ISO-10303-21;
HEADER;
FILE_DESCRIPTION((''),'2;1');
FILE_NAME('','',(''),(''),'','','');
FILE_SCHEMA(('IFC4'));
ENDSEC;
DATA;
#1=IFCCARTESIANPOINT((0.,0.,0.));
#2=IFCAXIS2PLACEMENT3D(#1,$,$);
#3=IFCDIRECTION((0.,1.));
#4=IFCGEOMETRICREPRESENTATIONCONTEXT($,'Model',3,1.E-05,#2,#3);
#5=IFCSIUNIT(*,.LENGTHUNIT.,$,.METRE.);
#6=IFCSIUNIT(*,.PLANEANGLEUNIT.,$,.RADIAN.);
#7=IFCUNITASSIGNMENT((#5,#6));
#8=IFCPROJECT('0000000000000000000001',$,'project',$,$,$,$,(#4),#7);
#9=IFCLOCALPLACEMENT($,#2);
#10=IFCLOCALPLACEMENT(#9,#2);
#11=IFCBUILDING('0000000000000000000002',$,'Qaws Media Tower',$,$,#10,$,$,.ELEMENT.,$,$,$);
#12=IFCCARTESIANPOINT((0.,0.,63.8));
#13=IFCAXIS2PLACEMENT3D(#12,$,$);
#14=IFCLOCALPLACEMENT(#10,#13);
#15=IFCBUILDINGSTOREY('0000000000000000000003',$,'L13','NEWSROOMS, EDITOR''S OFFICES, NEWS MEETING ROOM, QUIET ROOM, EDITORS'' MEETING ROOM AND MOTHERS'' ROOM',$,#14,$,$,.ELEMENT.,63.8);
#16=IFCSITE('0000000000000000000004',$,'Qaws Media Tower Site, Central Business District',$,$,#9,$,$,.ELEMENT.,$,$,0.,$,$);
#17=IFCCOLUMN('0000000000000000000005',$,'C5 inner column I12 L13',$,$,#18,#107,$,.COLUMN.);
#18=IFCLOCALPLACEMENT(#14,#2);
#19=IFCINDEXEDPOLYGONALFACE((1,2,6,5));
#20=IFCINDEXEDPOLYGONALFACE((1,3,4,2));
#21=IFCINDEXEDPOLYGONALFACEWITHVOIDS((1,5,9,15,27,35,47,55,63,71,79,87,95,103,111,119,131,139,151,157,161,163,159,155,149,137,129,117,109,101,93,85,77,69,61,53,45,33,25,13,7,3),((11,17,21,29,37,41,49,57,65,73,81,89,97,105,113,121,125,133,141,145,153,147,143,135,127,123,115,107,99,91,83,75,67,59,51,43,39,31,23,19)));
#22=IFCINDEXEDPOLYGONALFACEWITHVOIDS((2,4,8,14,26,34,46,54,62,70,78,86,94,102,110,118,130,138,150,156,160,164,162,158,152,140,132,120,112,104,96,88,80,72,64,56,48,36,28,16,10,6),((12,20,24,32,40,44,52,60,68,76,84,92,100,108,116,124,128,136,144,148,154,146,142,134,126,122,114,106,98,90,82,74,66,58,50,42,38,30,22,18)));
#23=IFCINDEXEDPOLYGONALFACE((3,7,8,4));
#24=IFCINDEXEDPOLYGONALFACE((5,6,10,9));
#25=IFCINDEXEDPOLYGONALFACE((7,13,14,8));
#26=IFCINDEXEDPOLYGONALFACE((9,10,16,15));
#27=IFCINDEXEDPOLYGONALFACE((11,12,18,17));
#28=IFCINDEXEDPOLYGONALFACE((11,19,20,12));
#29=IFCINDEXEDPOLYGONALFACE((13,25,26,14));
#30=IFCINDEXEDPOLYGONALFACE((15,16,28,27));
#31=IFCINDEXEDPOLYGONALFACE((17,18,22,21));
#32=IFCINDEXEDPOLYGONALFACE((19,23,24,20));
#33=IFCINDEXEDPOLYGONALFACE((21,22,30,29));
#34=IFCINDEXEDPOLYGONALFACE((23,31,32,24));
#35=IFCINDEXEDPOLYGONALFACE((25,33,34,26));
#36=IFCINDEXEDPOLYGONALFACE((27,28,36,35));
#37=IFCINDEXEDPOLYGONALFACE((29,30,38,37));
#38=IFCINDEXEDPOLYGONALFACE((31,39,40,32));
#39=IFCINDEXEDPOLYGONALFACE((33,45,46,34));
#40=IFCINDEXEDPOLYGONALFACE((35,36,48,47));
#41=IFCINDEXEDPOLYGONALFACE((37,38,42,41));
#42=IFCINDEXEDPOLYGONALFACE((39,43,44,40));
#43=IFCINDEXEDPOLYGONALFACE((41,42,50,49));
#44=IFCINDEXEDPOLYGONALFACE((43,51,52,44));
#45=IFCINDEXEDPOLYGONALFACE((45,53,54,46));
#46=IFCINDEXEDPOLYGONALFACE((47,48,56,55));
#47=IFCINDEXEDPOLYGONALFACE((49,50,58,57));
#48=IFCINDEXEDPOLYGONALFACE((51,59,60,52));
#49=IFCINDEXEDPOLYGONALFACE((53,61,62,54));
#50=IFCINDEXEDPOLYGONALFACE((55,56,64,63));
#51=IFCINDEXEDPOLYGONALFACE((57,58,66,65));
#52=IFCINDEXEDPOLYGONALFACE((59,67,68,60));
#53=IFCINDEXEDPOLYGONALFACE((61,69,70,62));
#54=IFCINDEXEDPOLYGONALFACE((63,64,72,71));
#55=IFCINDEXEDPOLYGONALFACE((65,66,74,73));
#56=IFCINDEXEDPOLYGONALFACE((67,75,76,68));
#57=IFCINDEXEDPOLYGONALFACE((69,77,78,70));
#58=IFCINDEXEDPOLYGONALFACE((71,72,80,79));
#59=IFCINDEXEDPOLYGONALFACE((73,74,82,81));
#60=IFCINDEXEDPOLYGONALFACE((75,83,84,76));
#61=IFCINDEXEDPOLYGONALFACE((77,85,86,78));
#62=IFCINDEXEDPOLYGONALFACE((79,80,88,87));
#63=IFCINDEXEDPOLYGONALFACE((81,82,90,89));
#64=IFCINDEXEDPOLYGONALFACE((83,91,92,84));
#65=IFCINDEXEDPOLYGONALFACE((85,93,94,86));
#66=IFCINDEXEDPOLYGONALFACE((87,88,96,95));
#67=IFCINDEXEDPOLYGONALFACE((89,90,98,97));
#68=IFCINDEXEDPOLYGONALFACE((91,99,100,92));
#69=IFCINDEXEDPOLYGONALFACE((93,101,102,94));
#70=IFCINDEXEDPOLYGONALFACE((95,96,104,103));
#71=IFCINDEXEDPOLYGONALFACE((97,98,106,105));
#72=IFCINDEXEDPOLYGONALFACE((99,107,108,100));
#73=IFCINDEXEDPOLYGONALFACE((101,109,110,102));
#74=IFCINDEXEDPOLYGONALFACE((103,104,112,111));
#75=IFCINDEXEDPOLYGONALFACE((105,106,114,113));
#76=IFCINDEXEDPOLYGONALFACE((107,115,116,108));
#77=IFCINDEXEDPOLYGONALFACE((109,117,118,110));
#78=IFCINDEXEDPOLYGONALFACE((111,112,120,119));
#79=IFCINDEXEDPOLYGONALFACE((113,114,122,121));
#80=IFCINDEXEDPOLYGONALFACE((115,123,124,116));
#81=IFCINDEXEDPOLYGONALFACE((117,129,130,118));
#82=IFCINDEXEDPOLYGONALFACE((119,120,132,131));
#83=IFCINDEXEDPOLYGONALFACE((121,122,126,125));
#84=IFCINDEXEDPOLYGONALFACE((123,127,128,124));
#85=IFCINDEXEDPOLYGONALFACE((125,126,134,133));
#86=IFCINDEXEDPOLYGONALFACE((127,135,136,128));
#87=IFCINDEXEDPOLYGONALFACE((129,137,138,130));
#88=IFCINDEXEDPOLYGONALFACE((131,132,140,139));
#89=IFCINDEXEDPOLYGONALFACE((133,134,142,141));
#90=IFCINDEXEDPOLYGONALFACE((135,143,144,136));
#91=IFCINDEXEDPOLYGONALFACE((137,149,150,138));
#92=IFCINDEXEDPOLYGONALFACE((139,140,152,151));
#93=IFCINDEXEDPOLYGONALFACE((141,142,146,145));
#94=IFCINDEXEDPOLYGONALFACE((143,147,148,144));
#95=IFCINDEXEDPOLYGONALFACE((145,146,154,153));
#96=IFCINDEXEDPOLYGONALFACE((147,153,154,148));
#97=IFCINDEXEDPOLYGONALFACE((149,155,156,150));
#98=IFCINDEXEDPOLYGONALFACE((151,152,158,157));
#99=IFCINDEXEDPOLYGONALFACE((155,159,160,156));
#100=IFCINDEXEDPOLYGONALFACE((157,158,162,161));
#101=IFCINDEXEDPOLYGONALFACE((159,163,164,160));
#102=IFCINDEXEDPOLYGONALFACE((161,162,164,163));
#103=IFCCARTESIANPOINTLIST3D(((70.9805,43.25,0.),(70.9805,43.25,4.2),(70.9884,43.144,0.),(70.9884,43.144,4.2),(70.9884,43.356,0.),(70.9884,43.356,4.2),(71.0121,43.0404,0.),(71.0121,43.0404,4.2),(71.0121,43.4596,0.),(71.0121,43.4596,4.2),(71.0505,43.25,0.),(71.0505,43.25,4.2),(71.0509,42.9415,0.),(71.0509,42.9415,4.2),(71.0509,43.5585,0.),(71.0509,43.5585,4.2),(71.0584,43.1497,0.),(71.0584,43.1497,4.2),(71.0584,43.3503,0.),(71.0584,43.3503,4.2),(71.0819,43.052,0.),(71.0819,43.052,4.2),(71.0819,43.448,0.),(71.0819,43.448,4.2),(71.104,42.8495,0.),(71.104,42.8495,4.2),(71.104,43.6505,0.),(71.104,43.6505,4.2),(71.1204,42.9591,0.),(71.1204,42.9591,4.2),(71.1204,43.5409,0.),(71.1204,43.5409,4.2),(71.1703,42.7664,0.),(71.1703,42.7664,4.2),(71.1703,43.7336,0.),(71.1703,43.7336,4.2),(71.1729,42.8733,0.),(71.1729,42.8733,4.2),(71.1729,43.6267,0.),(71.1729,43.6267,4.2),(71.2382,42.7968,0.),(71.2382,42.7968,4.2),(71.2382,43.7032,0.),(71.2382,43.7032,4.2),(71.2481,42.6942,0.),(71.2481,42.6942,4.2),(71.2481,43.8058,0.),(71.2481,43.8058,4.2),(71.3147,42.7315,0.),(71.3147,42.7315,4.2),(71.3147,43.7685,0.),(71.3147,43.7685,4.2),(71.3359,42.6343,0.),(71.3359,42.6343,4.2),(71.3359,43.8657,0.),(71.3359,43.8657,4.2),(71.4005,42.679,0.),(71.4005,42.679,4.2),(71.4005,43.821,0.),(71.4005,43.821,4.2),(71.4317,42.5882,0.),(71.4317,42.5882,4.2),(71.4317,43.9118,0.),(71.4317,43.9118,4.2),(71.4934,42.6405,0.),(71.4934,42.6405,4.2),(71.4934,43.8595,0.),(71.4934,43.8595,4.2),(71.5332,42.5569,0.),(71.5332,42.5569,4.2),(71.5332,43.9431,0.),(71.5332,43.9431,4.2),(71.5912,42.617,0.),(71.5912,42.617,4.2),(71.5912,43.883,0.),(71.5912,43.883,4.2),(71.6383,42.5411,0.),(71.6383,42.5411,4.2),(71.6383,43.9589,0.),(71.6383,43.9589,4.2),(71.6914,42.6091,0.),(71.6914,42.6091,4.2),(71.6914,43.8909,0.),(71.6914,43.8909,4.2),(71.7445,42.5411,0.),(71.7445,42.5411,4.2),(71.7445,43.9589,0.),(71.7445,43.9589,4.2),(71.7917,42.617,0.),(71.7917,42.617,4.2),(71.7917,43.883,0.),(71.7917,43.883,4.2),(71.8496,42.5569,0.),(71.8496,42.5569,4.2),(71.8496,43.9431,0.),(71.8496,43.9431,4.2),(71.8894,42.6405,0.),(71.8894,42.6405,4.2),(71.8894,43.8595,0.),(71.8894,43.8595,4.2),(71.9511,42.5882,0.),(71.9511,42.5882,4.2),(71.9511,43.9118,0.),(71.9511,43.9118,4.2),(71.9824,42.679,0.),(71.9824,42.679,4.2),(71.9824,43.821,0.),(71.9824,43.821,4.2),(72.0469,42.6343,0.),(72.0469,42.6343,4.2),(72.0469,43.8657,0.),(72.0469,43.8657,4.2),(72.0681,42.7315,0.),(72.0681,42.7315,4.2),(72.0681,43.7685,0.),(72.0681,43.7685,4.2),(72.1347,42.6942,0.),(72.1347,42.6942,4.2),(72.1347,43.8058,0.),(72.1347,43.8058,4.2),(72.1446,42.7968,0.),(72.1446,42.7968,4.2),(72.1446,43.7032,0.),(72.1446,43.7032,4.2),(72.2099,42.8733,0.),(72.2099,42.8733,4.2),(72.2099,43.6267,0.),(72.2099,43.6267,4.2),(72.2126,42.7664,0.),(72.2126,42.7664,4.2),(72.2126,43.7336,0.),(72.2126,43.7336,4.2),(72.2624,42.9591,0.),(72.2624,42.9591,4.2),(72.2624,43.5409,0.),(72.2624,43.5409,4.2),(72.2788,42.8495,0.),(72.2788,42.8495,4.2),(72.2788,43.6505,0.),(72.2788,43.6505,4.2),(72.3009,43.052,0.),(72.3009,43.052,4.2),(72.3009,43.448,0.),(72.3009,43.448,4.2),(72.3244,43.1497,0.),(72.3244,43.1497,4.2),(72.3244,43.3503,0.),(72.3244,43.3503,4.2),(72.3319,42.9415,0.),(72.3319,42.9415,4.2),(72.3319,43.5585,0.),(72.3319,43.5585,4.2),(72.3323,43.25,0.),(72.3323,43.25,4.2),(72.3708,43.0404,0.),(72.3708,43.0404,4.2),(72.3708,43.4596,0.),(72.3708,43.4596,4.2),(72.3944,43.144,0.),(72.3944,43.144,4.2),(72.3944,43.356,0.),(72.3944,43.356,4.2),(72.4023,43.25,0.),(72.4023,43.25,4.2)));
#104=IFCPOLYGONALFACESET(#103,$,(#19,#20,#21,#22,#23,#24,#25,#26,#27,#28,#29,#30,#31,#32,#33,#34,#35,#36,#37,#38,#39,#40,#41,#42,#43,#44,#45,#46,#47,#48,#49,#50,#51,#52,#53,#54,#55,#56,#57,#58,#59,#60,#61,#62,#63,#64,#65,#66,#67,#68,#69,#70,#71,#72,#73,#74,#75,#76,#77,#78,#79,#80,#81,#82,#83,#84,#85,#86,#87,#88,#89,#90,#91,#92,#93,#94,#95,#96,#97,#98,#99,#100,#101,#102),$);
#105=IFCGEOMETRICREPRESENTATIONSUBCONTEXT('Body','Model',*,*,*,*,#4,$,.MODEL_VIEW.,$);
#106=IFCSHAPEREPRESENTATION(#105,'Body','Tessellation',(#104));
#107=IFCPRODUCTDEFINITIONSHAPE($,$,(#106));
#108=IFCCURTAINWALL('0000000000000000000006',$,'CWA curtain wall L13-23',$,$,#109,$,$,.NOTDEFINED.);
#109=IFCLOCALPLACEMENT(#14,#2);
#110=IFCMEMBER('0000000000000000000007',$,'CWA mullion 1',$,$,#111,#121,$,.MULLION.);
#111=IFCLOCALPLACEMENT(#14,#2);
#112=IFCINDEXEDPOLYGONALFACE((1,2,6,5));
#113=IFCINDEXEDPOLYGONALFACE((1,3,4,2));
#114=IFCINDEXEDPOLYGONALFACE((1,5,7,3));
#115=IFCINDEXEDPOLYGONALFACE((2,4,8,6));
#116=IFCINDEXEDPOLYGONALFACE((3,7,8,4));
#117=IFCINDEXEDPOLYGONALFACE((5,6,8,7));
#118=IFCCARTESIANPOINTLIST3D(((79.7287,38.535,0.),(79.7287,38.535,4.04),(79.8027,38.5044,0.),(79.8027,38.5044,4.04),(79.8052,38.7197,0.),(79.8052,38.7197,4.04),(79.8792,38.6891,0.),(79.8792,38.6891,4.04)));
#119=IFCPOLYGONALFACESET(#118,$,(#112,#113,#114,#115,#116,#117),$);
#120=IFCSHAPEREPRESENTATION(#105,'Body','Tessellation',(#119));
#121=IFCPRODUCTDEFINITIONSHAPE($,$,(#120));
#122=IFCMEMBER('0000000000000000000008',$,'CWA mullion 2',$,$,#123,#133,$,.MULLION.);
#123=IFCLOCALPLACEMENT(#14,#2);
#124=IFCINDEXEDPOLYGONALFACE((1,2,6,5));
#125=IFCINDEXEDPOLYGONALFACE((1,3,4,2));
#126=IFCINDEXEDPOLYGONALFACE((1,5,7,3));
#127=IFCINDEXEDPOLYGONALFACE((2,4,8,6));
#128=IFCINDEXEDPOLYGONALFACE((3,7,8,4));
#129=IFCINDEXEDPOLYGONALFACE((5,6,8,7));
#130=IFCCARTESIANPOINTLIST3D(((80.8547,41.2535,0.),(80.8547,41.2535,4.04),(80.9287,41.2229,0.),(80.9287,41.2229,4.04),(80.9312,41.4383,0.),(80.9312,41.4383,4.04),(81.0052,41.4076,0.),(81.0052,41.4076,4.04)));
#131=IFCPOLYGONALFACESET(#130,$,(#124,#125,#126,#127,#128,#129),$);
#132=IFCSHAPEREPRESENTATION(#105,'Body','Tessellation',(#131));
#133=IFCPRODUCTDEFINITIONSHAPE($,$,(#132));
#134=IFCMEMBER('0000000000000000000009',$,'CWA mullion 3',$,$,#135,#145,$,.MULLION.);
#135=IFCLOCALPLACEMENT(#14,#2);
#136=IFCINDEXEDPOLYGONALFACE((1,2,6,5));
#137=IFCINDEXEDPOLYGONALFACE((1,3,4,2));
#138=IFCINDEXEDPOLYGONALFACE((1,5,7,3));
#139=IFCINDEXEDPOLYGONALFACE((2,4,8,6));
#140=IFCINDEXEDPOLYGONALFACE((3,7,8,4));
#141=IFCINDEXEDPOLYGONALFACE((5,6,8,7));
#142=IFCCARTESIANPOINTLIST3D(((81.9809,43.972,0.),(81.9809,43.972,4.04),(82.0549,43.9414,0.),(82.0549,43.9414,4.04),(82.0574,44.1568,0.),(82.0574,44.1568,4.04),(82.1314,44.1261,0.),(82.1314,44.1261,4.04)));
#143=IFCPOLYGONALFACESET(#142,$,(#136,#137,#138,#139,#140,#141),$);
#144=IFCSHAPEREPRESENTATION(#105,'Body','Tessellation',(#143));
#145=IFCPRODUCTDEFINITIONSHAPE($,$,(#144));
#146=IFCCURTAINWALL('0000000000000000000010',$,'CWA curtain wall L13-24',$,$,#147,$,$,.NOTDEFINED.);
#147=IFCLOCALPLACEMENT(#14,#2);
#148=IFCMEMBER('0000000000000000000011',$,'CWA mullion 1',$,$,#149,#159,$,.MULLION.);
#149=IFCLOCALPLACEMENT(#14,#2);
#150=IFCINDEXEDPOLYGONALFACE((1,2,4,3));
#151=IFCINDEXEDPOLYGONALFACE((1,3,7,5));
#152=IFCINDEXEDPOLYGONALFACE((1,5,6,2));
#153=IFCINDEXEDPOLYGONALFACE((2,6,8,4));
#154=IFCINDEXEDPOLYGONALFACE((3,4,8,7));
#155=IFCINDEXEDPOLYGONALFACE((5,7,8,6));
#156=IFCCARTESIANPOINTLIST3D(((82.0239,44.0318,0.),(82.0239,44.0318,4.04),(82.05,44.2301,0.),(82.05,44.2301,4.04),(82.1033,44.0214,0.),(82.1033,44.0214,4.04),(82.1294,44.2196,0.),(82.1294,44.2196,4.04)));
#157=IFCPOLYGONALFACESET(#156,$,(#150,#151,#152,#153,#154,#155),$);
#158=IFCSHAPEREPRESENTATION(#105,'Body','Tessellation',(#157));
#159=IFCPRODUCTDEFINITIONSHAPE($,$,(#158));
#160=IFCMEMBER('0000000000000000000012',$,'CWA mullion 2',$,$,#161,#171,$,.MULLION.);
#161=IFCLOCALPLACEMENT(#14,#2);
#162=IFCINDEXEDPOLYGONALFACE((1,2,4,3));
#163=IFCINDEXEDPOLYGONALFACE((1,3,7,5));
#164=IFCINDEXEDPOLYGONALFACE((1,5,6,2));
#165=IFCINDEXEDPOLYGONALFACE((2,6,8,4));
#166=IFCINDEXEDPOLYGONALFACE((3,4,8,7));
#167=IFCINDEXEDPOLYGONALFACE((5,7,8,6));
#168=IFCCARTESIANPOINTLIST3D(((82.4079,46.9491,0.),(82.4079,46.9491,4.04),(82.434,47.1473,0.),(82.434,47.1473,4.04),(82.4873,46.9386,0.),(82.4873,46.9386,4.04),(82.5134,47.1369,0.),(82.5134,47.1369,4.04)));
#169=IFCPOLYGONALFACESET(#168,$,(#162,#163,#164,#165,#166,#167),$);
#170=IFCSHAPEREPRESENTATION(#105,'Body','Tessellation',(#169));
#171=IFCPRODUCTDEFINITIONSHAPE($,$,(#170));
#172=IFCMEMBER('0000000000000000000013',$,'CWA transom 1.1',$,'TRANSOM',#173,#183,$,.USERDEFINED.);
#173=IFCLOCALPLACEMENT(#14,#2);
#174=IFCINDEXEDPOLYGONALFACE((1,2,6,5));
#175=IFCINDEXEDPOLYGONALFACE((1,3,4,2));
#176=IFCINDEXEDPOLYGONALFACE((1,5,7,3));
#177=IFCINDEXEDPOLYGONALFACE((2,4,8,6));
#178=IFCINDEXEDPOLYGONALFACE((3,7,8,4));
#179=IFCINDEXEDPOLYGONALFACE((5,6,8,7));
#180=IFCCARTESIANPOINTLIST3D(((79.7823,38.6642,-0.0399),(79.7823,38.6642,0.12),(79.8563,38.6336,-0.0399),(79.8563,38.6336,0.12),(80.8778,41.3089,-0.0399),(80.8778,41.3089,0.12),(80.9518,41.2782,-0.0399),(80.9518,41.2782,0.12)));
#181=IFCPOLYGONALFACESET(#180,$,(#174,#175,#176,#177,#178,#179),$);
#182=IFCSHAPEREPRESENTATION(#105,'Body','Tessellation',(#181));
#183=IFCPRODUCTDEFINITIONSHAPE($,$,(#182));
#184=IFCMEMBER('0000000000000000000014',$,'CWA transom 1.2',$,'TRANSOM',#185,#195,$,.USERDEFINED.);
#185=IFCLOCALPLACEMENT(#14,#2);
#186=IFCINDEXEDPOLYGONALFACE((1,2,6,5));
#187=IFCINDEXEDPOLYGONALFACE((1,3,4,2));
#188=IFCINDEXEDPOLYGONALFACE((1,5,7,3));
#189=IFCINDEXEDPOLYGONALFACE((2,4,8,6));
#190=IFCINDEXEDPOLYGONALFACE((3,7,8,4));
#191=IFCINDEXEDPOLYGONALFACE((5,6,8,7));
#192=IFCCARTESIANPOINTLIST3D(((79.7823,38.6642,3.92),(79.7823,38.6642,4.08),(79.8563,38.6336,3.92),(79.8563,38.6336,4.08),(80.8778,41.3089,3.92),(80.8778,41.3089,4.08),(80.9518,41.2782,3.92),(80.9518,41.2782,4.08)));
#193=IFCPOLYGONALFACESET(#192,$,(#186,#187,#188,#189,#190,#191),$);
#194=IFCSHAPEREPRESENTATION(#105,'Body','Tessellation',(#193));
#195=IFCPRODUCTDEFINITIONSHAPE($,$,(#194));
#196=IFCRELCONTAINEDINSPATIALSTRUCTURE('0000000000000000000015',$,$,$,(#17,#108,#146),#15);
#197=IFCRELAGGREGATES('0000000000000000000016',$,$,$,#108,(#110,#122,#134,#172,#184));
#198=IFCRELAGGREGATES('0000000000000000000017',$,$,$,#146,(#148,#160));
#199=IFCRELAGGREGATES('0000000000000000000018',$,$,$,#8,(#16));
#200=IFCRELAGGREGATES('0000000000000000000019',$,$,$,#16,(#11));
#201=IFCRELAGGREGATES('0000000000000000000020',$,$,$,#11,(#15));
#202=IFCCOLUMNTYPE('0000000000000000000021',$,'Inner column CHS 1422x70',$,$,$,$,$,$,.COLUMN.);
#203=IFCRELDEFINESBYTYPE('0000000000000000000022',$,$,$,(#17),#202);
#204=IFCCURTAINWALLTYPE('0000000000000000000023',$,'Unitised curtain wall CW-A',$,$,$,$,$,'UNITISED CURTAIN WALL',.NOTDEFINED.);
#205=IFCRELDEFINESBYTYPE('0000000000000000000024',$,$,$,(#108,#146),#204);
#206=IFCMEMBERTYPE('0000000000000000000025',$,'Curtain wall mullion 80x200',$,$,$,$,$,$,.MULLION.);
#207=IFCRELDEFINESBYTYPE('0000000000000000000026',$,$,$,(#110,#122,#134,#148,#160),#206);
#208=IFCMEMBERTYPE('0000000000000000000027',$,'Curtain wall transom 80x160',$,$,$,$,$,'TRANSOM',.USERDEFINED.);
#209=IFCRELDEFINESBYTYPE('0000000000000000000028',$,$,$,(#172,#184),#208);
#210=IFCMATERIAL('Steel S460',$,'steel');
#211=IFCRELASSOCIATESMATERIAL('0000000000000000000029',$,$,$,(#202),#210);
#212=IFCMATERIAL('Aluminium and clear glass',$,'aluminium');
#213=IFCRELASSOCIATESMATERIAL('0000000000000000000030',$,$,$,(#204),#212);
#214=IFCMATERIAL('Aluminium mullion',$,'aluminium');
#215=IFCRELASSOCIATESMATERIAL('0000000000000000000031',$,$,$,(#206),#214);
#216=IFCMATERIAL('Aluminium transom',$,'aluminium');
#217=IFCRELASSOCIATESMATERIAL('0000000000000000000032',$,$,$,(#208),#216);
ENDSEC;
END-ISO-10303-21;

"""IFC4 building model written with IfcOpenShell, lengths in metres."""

from ifc_helpers import new_model, si_unit, direction, frame, origin, origin_2d, place, context, subcontext, project, spatial, rectangle, hollow_circle, extrude, material, material_profile, profile_set, type_object, element, aggregate, save


model = new_model("IFC4")

# Units and contexts
model_context = context("Model", 3, precision=1e-05, world=origin(), true_north=direction((0.0, 1.0)))
body_context = subcontext(model_context, "Body", "Model", "MODEL_VIEW")
ifc_project = project(units=[si_unit("LENGTHUNIT", "METRE"), si_unit("PLANEANGLEUNIT", "RADIAN")], contexts=[model_context])

# Site, building, storey
site_placement = place(None, origin())
site = spatial("IfcSite", under=ifc_project, at=site_placement, Name="Qaws Media Tower Site, Central Business District", CompositionType="ELEMENT", RefElevation=0.0)
building_placement = place(site_placement, origin())
building = spatial("IfcBuilding", under=site, at=building_placement, Name="Qaws Media Tower", CompositionType="ELEMENT")
storey_placement = place(building_placement, frame((0.0, 0.0, 63.8)))
storey = spatial("IfcBuildingStorey", under=building, at=storey_placement, Name="L13", Description="NEWSROOMS, EDITOR'S OFFICES, NEWS MEETING ROOM, QUIET ROOM, EDITORS' MEETING ROOM AND MOTHERS' ROOM", CompositionType="ELEMENT", Elevation=63.8)

# Column
ifc_material_1 = material(Name="Steel S460", Category="steel")
ifc_material_profile_1 = material_profile(ifc_material_1, hollow_circle(Radius=0.7109, WallThickness=0.0701, at=origin_2d()), Name="CHS 1422x70")
ifc_profile_set_1 = profile_set([ifc_material_profile_1], Name="Steel S460")
column_type = type_object("IfcColumnType", Name="Inner column CHS 1422x70", PredefinedType="COLUMN", material=ifc_profile_set_1)
column_placement = place(storey_placement, frame((71.6914, 43.25, 0.0), z_axis=(0.0, 0.0, 1.0), x_axis=(1.0, 0.0, 0.0)))
element("IfcColumn", 1, at=column_placement, inside=storey, type_object=column_type, Name="C5 inner column I12 L13", PredefinedType="COLUMN", context=body_context, shape_type="SweptSolid", body=[
    extrude(hollow_circle(Radius=0.7109, WallThickness=0.0701, at=origin_2d()), origin(), (0.0, 0.0, 1.0), 4.2),
])

# Curtain walls, members
ifc_material_2 = material(Name="Aluminium and clear glass", Category="aluminium")
curtain_wall_type = type_object("IfcCurtainWallType", Name="Unitised curtain wall CW-A", ElementType="UNITISED CURTAIN WALL", PredefinedType="NOTDEFINED", material=ifc_material_2)
curtain_wall_1_placement = place(storey_placement, origin())
curtain_wall_1 = element("IfcCurtainWall", 2, at=curtain_wall_1_placement, inside=storey, type_object=curtain_wall_type, Name="CWA curtain wall L13-23", PredefinedType="NOTDEFINED")
ifc_material_3 = material(Name="Aluminium mullion", Category="aluminium")
ifc_material_profile_2 = material_profile(ifc_material_3, rectangle(XDim=0.0801, YDim=0.2, at=origin_2d()), Name="80x200")
ifc_profile_set_2 = profile_set([ifc_material_profile_2], Name="Aluminium mullion")
member_type_1 = type_object("IfcMemberType", Name="Curtain wall mullion 80x200", PredefinedType="MULLION", material=ifc_profile_set_2)
member_1_placement = place(storey_placement, frame((79.804, 38.6121, 0.0), z_axis=(0.0, 0.0, 1.0), x_axis=(-0.92388, 0.382683, 0.0)))
member_1 = element("IfcMember", 3, at=member_1_placement, type_object=member_type_1, Name="CWA mullion 1", PredefinedType="MULLION", context=body_context, shape_type="SweptSolid", body=[
    extrude(rectangle(XDim=0.0801, YDim=0.2, at=origin_2d()), origin(), (0.0, 0.0, 1.0), 4.04),
])
member_2_placement = place(storey_placement, frame((80.9299, 41.3306, 0.0), z_axis=(0.0, 0.0, 1.0), x_axis=(-0.92388, 0.382683, 0.0)))
member_2 = element("IfcMember", 4, at=member_2_placement, type_object=member_type_1, Name="CWA mullion 2", PredefinedType="MULLION", context=body_context, shape_type="SweptSolid", body=[
    extrude(rectangle(XDim=0.0801, YDim=0.2, at=origin_2d()), origin(), (0.0, 0.0, 1.0), 4.04),
])
member_3_placement = place(storey_placement, frame((82.0562, 44.0491, 0.0), z_axis=(0.0, 0.0, 1.0), x_axis=(-0.92388, 0.382683, 0.0)))
member_3 = element("IfcMember", 5, at=member_3_placement, type_object=member_type_1, Name="CWA mullion 3", PredefinedType="MULLION", context=body_context, shape_type="SweptSolid", body=[
    extrude(rectangle(XDim=0.0801, YDim=0.2, at=origin_2d()), origin(), (0.0, 0.0, 1.0), 4.04),
])
curtain_wall_2_placement = place(storey_placement, origin())
curtain_wall_2 = element("IfcCurtainWall", 6, at=curtain_wall_2_placement, inside=storey, type_object=curtain_wall_type, Name="CWA curtain wall L13-24", PredefinedType="NOTDEFINED")
member_4_placement = place(storey_placement, frame((82.0767, 44.1257, 0.0), z_axis=(0.0, 0.0, 1.0), x_axis=(-0.991445, 0.130526, 0.0)))
member_4 = element("IfcMember", 7, at=member_4_placement, type_object=member_type_1, Name="CWA mullion 1", PredefinedType="MULLION", context=body_context, shape_type="SweptSolid", body=[
    extrude(rectangle(XDim=0.0801, YDim=0.2, at=origin_2d()), origin(), (0.0, 0.0, 1.0), 4.04),
])
member_5_placement = place(storey_placement, frame((82.4607, 47.043, 0.0), z_axis=(0.0, 0.0, 1.0), x_axis=(-0.991445, 0.130526, 0.0)))
member_5 = element("IfcMember", 8, at=member_5_placement, type_object=member_type_1, Name="CWA mullion 2", PredefinedType="MULLION", context=body_context, shape_type="SweptSolid", body=[
    extrude(rectangle(XDim=0.0801, YDim=0.2, at=origin_2d()), origin(), (0.0, 0.0, 1.0), 4.04),
])

# Members
ifc_material_4 = material(Name="Aluminium transom", Category="aluminium")
ifc_material_profile_3 = material_profile(ifc_material_4, rectangle(XDim=0.0801, YDim=0.1599, at=origin_2d()), Name="80x160")
ifc_profile_set_3 = profile_set([ifc_material_profile_3], Name="Aluminium transom")
member_type_2 = type_object("IfcMemberType", Name="Curtain wall transom 80x160", ElementType="TRANSOM", PredefinedType="USERDEFINED", material=ifc_profile_set_3)
member_6_placement = place(storey_placement, frame((79.8193, 38.6489, 0.04), z_axis=(0.382701, 0.923872, 0.0), x_axis=(-0.923872, 0.382701, 0.0)))
member_6 = element("IfcMember", 9, at=member_6_placement, type_object=member_type_2, Name="CWA transom 1.1", ObjectType="TRANSOM", PredefinedType="USERDEFINED", context=body_context, shape_type="SweptSolid", body=[
    extrude(rectangle(XDim=0.0801, YDim=0.1599, at=origin_2d()), origin(), (0.0, 0.0, 1.0), 2.8625),
])
member_7_placement = place(storey_placement, frame((79.8193, 38.6489, 4.0), z_axis=(0.382701, 0.923872, 0.0), x_axis=(-0.923872, 0.382701, 0.0)))
member_7 = element("IfcMember", 10, at=member_7_placement, type_object=member_type_2, Name="CWA transom 1.2", ObjectType="TRANSOM", PredefinedType="USERDEFINED", context=body_context, shape_type="SweptSolid", body=[
    extrude(rectangle(XDim=0.0801, YDim=0.1599, at=origin_2d()), origin(), (0.0, 0.0, 1.0), 2.8625),
])

aggregate(curtain_wall_1, [member_1, member_2, member_3, member_6, member_7])
aggregate(curtain_wall_2, [member_4, member_5])

save(model, "model.ifc")
